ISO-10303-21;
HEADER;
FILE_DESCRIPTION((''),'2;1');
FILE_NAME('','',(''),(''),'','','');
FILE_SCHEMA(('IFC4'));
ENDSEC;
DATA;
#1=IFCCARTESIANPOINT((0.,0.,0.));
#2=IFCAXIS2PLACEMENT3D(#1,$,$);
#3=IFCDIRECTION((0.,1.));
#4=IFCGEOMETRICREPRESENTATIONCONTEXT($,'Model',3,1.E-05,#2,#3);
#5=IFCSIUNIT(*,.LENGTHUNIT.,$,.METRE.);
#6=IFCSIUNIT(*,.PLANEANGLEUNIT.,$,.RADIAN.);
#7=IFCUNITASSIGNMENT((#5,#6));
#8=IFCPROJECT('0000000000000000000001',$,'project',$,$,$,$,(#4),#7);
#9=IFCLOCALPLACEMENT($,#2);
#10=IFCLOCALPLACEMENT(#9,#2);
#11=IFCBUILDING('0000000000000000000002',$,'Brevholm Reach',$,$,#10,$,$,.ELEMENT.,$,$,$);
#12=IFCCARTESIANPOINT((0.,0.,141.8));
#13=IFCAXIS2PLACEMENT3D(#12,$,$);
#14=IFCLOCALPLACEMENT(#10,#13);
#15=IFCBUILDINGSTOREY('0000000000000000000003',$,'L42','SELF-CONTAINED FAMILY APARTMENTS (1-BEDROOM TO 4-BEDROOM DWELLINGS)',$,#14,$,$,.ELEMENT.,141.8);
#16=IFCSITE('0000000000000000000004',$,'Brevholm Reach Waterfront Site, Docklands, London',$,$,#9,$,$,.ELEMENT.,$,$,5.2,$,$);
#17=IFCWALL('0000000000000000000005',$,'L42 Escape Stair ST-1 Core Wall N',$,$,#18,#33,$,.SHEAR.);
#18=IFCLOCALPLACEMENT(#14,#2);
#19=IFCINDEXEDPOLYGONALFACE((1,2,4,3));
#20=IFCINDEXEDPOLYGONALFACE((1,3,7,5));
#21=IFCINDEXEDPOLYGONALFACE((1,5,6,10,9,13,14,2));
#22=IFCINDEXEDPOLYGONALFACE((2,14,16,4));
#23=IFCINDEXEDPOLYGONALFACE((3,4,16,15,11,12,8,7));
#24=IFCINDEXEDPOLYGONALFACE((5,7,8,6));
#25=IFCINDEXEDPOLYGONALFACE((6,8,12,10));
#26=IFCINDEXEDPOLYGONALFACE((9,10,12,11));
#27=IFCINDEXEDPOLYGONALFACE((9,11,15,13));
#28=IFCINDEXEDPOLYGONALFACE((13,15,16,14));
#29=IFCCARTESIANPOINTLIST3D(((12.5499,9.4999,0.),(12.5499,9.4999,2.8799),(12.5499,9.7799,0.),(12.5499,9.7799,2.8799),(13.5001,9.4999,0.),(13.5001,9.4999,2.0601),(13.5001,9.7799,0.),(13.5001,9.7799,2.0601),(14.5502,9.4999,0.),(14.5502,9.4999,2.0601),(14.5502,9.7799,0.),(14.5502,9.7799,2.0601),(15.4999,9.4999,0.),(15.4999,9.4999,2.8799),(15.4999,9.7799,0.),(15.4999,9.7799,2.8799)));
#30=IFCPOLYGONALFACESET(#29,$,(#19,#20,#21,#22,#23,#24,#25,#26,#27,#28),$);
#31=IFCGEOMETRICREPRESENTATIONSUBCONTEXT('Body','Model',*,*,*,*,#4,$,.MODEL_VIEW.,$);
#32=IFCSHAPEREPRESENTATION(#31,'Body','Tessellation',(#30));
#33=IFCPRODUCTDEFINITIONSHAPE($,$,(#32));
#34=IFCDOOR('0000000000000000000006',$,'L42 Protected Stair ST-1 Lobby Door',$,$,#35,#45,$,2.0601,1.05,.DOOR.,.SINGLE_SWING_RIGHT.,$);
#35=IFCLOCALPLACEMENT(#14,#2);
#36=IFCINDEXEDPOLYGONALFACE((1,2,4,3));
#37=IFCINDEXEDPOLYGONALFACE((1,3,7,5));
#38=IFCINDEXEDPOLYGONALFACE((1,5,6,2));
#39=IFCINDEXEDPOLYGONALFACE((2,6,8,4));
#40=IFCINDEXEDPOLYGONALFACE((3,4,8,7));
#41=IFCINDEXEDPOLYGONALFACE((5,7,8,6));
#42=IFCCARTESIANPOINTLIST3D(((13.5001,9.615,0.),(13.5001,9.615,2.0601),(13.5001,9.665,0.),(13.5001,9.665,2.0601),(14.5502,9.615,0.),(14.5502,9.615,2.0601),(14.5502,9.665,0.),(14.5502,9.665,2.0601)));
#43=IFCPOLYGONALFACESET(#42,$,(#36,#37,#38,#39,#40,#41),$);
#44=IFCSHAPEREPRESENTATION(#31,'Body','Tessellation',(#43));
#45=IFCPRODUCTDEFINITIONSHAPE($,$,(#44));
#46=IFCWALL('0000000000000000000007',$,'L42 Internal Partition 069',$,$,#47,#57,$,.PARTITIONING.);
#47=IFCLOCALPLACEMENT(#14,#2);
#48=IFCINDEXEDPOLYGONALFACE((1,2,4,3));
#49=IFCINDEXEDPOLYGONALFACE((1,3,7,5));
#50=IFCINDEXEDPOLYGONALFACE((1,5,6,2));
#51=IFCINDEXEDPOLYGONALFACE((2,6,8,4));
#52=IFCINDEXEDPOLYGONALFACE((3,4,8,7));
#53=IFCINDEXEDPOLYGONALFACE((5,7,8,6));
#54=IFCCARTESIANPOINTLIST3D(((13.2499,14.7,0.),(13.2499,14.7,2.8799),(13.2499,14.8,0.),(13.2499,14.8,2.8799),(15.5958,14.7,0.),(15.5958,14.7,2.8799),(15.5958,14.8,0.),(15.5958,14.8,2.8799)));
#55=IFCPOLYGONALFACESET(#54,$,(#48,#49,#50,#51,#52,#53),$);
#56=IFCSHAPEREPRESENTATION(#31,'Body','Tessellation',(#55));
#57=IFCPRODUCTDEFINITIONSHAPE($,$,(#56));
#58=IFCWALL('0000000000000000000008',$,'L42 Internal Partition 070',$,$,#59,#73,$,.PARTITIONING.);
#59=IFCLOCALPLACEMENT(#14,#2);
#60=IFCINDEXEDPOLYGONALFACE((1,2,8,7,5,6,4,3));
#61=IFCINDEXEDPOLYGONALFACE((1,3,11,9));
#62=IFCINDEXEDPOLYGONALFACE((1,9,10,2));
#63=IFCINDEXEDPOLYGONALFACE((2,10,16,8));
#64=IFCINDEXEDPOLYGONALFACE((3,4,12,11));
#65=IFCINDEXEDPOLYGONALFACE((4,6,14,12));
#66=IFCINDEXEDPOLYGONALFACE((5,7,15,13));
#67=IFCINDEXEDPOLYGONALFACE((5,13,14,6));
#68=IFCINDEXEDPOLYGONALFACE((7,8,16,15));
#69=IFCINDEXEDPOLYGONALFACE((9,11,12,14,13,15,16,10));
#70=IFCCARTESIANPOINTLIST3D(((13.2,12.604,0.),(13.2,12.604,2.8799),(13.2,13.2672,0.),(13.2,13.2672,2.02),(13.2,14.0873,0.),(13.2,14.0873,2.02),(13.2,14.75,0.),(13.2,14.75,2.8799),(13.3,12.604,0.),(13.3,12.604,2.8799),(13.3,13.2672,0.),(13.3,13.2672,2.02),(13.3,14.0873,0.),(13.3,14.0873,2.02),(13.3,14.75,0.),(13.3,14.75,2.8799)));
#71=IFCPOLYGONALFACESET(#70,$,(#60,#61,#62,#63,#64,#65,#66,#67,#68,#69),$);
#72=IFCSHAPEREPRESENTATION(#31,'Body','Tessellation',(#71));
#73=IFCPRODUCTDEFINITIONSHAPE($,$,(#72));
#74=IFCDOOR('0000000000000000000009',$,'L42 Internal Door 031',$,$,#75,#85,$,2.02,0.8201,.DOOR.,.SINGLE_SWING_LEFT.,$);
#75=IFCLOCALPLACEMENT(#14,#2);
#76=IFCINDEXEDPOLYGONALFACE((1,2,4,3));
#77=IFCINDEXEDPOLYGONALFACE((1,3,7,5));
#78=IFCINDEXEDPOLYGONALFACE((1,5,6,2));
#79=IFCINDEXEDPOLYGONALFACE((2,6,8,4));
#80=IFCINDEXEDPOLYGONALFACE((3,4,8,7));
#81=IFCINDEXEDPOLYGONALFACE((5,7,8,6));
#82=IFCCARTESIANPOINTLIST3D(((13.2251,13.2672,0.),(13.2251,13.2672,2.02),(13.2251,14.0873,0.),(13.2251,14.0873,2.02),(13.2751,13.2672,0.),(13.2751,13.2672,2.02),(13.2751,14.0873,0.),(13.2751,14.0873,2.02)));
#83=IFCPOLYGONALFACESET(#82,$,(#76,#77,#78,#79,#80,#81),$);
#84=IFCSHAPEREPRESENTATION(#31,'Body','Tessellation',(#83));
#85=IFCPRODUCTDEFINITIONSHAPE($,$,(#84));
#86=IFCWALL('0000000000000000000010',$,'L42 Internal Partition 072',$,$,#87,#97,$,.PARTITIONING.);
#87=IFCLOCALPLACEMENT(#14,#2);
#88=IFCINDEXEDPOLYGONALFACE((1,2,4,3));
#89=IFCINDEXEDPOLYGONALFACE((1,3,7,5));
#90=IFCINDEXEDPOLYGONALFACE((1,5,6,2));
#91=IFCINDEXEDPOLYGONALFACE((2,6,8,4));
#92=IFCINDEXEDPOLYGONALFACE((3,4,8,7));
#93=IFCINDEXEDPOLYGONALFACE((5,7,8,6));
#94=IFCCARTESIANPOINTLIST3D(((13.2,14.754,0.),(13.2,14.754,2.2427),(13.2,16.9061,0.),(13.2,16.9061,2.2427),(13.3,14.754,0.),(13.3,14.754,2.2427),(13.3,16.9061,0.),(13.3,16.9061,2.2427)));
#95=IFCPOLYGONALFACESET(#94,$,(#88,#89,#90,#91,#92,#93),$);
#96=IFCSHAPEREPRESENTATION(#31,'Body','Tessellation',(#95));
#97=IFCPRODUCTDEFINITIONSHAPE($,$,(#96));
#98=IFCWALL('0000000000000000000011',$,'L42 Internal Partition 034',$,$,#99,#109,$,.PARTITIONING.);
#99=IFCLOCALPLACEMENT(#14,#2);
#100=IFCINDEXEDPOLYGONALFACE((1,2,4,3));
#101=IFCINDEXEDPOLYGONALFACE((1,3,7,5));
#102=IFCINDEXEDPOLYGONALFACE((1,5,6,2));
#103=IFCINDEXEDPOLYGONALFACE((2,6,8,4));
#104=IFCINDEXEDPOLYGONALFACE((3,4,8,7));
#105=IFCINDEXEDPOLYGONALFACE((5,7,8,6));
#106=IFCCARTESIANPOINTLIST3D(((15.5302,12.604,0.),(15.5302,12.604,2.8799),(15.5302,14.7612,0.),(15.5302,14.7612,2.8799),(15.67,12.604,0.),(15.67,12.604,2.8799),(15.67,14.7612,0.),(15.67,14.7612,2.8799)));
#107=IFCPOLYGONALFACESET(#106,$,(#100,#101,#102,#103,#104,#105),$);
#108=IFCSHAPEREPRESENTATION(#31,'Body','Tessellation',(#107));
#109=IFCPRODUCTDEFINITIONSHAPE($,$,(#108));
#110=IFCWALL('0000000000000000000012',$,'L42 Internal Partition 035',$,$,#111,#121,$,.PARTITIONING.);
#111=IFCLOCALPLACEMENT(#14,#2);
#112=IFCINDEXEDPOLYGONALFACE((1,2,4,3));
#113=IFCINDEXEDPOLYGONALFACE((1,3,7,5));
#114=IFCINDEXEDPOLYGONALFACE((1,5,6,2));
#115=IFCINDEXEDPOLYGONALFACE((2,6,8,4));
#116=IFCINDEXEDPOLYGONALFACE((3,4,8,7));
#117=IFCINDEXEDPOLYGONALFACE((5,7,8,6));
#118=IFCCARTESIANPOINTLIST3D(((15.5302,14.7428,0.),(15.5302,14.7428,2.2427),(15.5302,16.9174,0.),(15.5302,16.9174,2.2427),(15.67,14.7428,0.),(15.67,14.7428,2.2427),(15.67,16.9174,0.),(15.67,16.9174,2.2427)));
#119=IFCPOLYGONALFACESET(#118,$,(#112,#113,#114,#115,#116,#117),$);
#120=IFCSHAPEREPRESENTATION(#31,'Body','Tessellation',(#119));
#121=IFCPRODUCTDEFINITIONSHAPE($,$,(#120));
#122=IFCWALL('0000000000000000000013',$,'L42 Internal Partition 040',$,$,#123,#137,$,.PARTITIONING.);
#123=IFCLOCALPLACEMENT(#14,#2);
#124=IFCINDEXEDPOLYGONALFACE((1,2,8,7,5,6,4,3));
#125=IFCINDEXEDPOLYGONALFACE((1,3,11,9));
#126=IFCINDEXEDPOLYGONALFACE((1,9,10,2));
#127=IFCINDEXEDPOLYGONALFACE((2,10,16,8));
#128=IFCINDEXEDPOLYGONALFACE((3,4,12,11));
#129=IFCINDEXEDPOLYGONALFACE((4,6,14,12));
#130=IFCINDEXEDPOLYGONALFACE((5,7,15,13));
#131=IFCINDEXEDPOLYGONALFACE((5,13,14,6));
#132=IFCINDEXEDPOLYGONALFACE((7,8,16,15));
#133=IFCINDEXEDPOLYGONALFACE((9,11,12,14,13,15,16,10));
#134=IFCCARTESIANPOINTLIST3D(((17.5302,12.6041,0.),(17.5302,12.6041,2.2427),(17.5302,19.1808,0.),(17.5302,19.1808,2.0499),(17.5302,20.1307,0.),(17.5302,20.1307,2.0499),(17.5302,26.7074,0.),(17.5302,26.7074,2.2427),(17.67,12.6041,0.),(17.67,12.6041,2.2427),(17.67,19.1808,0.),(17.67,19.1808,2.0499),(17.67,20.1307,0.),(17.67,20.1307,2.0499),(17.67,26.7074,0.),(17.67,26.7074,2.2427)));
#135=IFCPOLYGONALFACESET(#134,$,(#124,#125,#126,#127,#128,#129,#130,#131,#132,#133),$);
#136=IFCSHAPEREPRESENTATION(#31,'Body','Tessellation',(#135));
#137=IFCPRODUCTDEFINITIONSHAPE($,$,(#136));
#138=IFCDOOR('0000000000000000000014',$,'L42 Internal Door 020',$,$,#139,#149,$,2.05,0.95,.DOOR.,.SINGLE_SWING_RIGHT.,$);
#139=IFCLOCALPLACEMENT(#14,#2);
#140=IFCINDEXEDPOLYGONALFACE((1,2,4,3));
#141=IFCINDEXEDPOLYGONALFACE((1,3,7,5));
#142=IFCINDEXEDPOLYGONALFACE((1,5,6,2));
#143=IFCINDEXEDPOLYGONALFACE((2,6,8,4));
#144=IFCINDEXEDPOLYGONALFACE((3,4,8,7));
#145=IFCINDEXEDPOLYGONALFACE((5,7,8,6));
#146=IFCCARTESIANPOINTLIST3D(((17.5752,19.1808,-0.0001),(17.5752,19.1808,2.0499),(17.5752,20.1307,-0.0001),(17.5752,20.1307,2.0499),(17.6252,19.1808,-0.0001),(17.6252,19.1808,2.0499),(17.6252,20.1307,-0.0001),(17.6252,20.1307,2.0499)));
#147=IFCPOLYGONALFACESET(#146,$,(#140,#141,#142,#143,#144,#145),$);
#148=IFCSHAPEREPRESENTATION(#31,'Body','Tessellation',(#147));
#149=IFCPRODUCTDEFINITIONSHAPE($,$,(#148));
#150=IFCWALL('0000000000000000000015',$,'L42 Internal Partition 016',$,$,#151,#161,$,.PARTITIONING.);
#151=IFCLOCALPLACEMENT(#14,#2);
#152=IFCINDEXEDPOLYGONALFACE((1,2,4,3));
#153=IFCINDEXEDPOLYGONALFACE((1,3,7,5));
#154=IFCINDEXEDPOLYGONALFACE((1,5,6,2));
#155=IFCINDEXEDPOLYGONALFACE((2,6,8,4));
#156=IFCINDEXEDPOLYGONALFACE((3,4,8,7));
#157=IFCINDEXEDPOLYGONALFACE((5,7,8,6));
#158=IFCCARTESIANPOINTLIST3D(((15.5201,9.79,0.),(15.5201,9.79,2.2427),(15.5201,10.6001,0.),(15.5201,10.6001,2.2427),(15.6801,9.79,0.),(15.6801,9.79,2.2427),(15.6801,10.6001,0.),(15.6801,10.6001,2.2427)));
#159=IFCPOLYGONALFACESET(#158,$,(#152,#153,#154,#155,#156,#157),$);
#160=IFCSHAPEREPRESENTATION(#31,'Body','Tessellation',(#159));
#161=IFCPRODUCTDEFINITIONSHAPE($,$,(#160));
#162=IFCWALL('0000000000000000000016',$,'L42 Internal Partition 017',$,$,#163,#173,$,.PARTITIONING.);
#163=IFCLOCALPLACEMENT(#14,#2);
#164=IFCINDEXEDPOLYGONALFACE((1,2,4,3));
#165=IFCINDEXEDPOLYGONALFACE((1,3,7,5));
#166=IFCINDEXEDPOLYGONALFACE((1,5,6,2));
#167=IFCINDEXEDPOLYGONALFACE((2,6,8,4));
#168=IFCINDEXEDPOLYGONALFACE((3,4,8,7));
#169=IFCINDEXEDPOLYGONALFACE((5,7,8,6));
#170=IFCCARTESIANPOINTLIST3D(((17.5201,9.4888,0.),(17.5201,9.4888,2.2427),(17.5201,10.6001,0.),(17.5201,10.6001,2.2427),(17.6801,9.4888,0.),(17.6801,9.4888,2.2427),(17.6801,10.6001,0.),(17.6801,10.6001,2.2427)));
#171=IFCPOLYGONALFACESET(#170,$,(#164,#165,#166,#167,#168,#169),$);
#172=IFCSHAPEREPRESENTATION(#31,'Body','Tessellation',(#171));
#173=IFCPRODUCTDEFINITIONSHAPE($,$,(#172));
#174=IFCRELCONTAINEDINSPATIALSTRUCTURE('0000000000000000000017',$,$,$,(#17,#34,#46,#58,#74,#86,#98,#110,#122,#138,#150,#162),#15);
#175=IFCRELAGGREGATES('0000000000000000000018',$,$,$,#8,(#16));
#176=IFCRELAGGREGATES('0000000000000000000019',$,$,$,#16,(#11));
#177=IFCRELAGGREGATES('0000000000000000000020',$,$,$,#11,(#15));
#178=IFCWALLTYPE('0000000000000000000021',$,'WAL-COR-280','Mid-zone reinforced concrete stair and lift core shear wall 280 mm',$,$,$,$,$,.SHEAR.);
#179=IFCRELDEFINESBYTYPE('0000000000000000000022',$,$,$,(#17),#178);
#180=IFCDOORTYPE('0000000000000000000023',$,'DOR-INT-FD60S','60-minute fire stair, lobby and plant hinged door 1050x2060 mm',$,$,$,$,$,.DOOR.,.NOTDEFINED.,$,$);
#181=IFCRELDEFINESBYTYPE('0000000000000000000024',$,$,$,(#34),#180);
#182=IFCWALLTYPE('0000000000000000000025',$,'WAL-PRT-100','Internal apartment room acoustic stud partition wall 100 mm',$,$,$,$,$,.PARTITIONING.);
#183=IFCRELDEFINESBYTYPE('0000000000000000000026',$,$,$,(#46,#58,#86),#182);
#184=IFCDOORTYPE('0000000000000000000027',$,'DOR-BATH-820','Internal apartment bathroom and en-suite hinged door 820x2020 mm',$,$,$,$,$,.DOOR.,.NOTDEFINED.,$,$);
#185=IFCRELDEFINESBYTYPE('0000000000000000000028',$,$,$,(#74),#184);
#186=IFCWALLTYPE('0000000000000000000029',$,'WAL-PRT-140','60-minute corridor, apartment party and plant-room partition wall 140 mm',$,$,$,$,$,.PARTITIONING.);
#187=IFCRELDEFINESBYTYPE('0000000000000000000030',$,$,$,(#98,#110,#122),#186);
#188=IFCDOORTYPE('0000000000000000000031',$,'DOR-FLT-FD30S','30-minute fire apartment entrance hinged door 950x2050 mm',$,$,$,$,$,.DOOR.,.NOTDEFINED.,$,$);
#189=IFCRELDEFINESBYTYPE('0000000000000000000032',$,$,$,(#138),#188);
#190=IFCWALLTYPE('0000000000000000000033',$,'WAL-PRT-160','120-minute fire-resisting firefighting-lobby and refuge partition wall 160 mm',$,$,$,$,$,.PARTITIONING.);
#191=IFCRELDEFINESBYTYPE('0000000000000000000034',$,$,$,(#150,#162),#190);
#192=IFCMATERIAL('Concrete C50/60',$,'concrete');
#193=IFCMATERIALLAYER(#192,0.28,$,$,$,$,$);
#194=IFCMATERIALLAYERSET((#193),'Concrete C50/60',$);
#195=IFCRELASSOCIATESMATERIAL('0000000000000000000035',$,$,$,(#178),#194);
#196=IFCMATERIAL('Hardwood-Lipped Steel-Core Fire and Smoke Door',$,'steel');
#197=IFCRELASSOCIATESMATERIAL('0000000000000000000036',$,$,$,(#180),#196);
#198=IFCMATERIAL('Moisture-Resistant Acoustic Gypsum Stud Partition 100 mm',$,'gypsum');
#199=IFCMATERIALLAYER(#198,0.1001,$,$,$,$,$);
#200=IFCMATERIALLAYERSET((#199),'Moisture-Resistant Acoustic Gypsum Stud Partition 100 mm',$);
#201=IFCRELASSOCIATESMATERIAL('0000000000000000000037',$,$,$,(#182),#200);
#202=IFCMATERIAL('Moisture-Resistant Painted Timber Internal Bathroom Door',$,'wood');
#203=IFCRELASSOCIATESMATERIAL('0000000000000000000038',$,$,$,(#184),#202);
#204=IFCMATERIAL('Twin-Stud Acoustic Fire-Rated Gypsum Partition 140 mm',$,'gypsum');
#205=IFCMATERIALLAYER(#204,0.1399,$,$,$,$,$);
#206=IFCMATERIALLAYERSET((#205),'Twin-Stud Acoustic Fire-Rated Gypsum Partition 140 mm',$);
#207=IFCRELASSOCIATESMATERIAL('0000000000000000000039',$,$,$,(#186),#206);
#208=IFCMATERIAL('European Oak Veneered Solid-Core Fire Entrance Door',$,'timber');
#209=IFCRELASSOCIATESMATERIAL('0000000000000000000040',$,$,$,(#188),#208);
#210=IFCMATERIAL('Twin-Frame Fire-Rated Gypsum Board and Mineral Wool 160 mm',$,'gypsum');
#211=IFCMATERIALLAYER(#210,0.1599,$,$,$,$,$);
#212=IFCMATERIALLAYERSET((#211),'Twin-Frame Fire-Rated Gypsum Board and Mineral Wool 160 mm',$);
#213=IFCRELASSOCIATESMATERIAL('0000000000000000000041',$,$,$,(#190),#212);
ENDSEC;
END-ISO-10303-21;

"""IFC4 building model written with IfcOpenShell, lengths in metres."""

from ifc_helpers import new_model, si_unit, direction, frame, frame_2d, origin, place, context, subcontext, project, spatial, rectangle, extrude, material, layer, layer_set, type_object, element, fill, save


model = new_model("IFC4")

# Units and contexts
model_context = context("Model", 3, precision=1e-05, world=origin(), true_north=direction((0.0, 1.0)))
body_context = subcontext(model_context, "Body", "Model", "MODEL_VIEW")
ifc_project = project(units=[si_unit("LENGTHUNIT", "METRE"), si_unit("PLANEANGLEUNIT", "RADIAN")], contexts=[model_context])

# Site, building, storey
site_placement = place(None, origin())
site = spatial("IfcSite", under=ifc_project, at=site_placement, Name="Brevholm Reach Waterfront Site, Docklands, London", CompositionType="ELEMENT", RefElevation=5.2)
building_placement = place(site_placement, origin())
building = spatial("IfcBuilding", under=site, at=building_placement, Name="Brevholm Reach", CompositionType="ELEMENT")
storey_placement = place(building_placement, frame((0.0, 0.0, 141.8)))
storey = spatial("IfcBuildingStorey", under=building, at=storey_placement, Name="L42", Description="SELF-CONTAINED FAMILY APARTMENTS (1-BEDROOM TO 4-BEDROOM DWELLINGS)", CompositionType="ELEMENT", Elevation=141.8)

# Wall, opening, door
ifc_material_1 = material(Name="Concrete C50/60", Category="concrete")
ifc_layer_1 = layer(ifc_material_1, 0.28)
ifc_layer_set_1 = layer_set([ifc_layer_1], Name="Concrete C50/60")
wall_type_1 = type_object("IfcWallType", Name="WAL-COR-280", Description="Mid-zone reinforced concrete stair and lift core shear wall 280 mm", PredefinedType="SHEAR", material=ifc_layer_set_1)
wall_1_placement = place(storey_placement, frame((15.5, 9.6399, 0.0), z_axis=(0.0, 0.0, 1.0), x_axis=(-1.0, 0.0, 0.0)))
wall_1 = element("IfcWall", 1, at=wall_1_placement, inside=storey, type_object=wall_type_1, Name="L42 Escape Stair ST-1 Core Wall N", PredefinedType="SHEAR", context=body_context, shape_type="SweptSolid", body=[
    extrude(rectangle(XDim=2.95, YDim=0.28, at=frame_2d((1.4751, 0.0))), origin(), (0.0, 0.0, 1.0), 2.8799),
])
opening_1_placement = place(wall_1_placement, frame((0.95, 0.0, 0.0)))
opening_1 = element("IfcOpeningElement", 2, at=opening_1_placement, cuts=wall_1, PredefinedType="OPENING", context=body_context, shape_type="SweptSolid", body=[
    extrude(rectangle(XDim=1.05, YDim=2.0601, at=frame_2d((0.5249, 1.03))), frame((0.0, 0.1499, 0.0), z_axis=(0.0, -1.0, 0.0), x_axis=(1.0, 0.0, 0.0)), (0.0, 0.0, 1.0), 0.3),
])
ifc_material_2 = material(Name="Hardwood-Lipped Steel-Core Fire and Smoke Door", Category="steel")
door_type_1 = type_object("IfcDoorType", Name="DOR-INT-FD60S", Description="60-minute fire stair, lobby and plant hinged door 1050x2060 mm", OperationType="NOTDEFINED", PredefinedType="DOOR", material=ifc_material_2)
door_1_placement = place(opening_1_placement, origin())
door_1 = element("IfcDoor", 3, at=door_1_placement, inside=storey, type_object=door_type_1, Name="L42 Protected Stair ST-1 Lobby Door", OperationType="SINGLE_SWING_RIGHT", OverallHeight=2.0601, OverallWidth=1.05, PredefinedType="DOOR", context=body_context, shape_type="SweptSolid", body=[
    extrude(rectangle(XDim=1.05, YDim=2.0601, at=frame_2d((0.5249, 1.03))), frame((0.0, 0.0249, 0.0), z_axis=(0.0, -1.0, 0.0), x_axis=(1.0, 0.0, 0.0)), (0.0, 0.0, 1.0), 0.05),
])
fill(opening_1, door_1)

# Wall
ifc_material_3 = material(Name="Moisture-Resistant Acoustic Gypsum Stud Partition 100 mm", Category="gypsum")
ifc_layer_2 = layer(ifc_material_3, 0.1001)
ifc_layer_set_2 = layer_set([ifc_layer_2], Name="Moisture-Resistant Acoustic Gypsum Stud Partition 100 mm")
wall_type_2 = type_object("IfcWallType", Name="WAL-PRT-100", Description="Internal apartment room acoustic stud partition wall 100 mm", PredefinedType="PARTITIONING", material=ifc_layer_set_2)
wall_2_placement = place(storey_placement, frame((13.25, 14.75, 0.0), z_axis=(0.0, 0.0, 1.0), x_axis=(1.0, 0.0, 0.0)))
element("IfcWall", 4, at=wall_2_placement, inside=storey, type_object=wall_type_2, Name="L42 Internal Partition 069", PredefinedType="PARTITIONING", context=body_context, shape_type="SweptSolid", body=[
    extrude(rectangle(XDim=2.3459, YDim=0.1001, at=frame_2d((1.1729, 0.0))), origin(), (0.0, 0.0, 1.0), 2.8799),
])

# Wall, opening, door
wall_3_placement = place(storey_placement, frame((13.25, 12.604, 0.0), z_axis=(0.0, 0.0, 1.0), x_axis=(0.0, 1.0, 0.0)))
wall_3 = element("IfcWall", 5, at=wall_3_placement, inside=storey, type_object=wall_type_2, Name="L42 Internal Partition 070", PredefinedType="PARTITIONING", context=body_context, shape_type="SweptSolid", body=[
    extrude(rectangle(XDim=2.146, YDim=0.1001, at=frame_2d((1.073, 0.0))), origin(), (0.0, 0.0, 1.0), 2.8799),
])
opening_2_placement = place(wall_3_placement, frame((0.6631, 0.0, 0.0)))
opening_2 = element("IfcOpeningElement", 6, at=opening_2_placement, cuts=wall_3, PredefinedType="OPENING", context=body_context, shape_type="SweptSolid", body=[
    extrude(rectangle(XDim=0.8201, YDim=2.02, at=frame_2d((0.4102, 1.01))), frame((0.0, 0.0601, 0.0), z_axis=(0.0, -1.0, 0.0), x_axis=(1.0, 0.0, 0.0)), (0.0, 0.0, 1.0), 0.1201),
])
ifc_material_4 = material(Name="Moisture-Resistant Painted Timber Internal Bathroom Door", Category="wood")
door_type_2 = type_object("IfcDoorType", Name="DOR-BATH-820", Description="Internal apartment bathroom and en-suite hinged door 820x2020 mm", OperationType="NOTDEFINED", PredefinedType="DOOR", material=ifc_material_4)
door_2_placement = place(opening_2_placement, origin())
door_2 = element("IfcDoor", 7, at=door_2_placement, inside=storey, type_object=door_type_2, Name="L42 Internal Door 031", OperationType="SINGLE_SWING_LEFT", OverallHeight=2.02, OverallWidth=0.8201, PredefinedType="DOOR", context=body_context, shape_type="SweptSolid", body=[
    extrude(rectangle(XDim=0.8201, YDim=2.02, at=frame_2d((0.4102, 1.01))), frame((0.0, 0.0249, 0.0), z_axis=(0.0, -1.0, 0.0), x_axis=(1.0, 0.0, 0.0)), (0.0, 0.0, 1.0), 0.05),
])
fill(opening_2, door_2)

# Walls
wall_4_placement = place(storey_placement, frame((13.25, 14.7539, 0.0), z_axis=(0.0, 0.0, 1.0), x_axis=(0.0, 1.0, 0.0)))
element("IfcWall", 8, at=wall_4_placement, inside=storey, type_object=wall_type_2, Name="L42 Internal Partition 072", PredefinedType="PARTITIONING", context=body_context, shape_type="SweptSolid", body=[
    extrude(rectangle(XDim=2.1521, YDim=0.1001, at=frame_2d((1.0762, 0.0))), origin(), (0.0, 0.0, 1.0), 2.2427),
])
ifc_material_5 = material(Name="Twin-Stud Acoustic Fire-Rated Gypsum Partition 140 mm", Category="gypsum")
ifc_layer_3 = layer(ifc_material_5, 0.1399)
ifc_layer_set_3 = layer_set([ifc_layer_3], Name="Twin-Stud Acoustic Fire-Rated Gypsum Partition 140 mm")
wall_type_3 = type_object("IfcWallType", Name="WAL-PRT-140", Description="60-minute corridor, apartment party and plant-room partition wall 140 mm", PredefinedType="PARTITIONING", material=ifc_layer_set_3)
wall_5_placement = place(storey_placement, frame((15.6001, 12.604, 0.0), z_axis=(0.0, 0.0, 1.0), x_axis=(0.0, 1.0, 0.0)))
element("IfcWall", 9, at=wall_5_placement, inside=storey, type_object=wall_type_3, Name="L42 Internal Partition 034", PredefinedType="PARTITIONING", context=body_context, shape_type="SweptSolid", body=[
    extrude(rectangle(XDim=2.1572, YDim=0.1399, at=frame_2d((1.0786, 0.0))), origin(), (0.0, 0.0, 1.0), 2.8799),
])
wall_6_placement = place(storey_placement, frame((15.6001, 14.7427, 0.0), z_axis=(0.0, 0.0, 1.0), x_axis=(0.0, 1.0, 0.0)))
element("IfcWall", 10, at=wall_6_placement, inside=storey, type_object=wall_type_3, Name="L42 Internal Partition 035", PredefinedType="PARTITIONING", context=body_context, shape_type="SweptSolid", body=[
    extrude(rectangle(XDim=2.1746, YDim=0.1399, at=frame_2d((1.0874, 0.0))), origin(), (0.0, 0.0, 1.0), 2.2427),
])

# Wall, opening, door
wall_7_placement = place(storey_placement, frame((17.6001, 12.604, 0.0), z_axis=(0.0, 0.0, 1.0), x_axis=(0.0, 1.0, 0.0)))
wall_7 = element("IfcWall", 11, at=wall_7_placement, inside=storey, type_object=wall_type_3, Name="L42 Internal Partition 040", PredefinedType="PARTITIONING", context=body_context, shape_type="SweptSolid", body=[
    extrude(rectangle(XDim=14.1033, YDim=0.1399, at=frame_2d((7.0518, 0.0))), origin(), (0.0, 0.0, 1.0), 2.2427),
])
opening_3_placement = place(wall_7_placement, frame((6.5767, 0.0, 0.0)))
opening_3 = element("IfcOpeningElement", 12, at=opening_3_placement, cuts=wall_7, PredefinedType="OPENING", context=body_context, shape_type="SweptSolid", body=[
    extrude(rectangle(XDim=0.95, YDim=2.05, at=frame_2d((0.4751, 1.0249))), frame((0.0, 0.0798, 0.0), z_axis=(0.0, -1.0, 0.0), x_axis=(1.0, 0.0, 0.0)), (0.0, 0.0, 1.0), 0.1599),
])
ifc_material_6 = material(Name="European Oak Veneered Solid-Core Fire Entrance Door", Category="timber")
door_type_3 = type_object("IfcDoorType", Name="DOR-FLT-FD30S", Description="30-minute fire apartment entrance hinged door 950x2050 mm", OperationType="NOTDEFINED", PredefinedType="DOOR", material=ifc_material_6)
door_3_placement = place(opening_3_placement, origin())
door_3 = element("IfcDoor", 13, at=door_3_placement, inside=storey, type_object=door_type_3, Name="L42 Internal Door 020", OperationType="SINGLE_SWING_RIGHT", OverallHeight=2.05, OverallWidth=0.95, PredefinedType="DOOR", context=body_context, shape_type="SweptSolid", body=[
    extrude(rectangle(XDim=0.95, YDim=2.05, at=frame_2d((0.4751, 1.0249))), frame((0.0, 0.0249, 0.0), z_axis=(0.0, -1.0, 0.0), x_axis=(1.0, 0.0, 0.0)), (0.0, 0.0, 1.0), 0.05),
])
fill(opening_3, door_3)

# Walls
ifc_material_7 = material(Name="Twin-Frame Fire-Rated Gypsum Board and Mineral Wool 160 mm", Category="gypsum")
ifc_layer_4 = layer(ifc_material_7, 0.1599)
ifc_layer_set_4 = layer_set([ifc_layer_4], Name="Twin-Frame Fire-Rated Gypsum Board and Mineral Wool 160 mm")
wall_type_4 = type_object("IfcWallType", Name="WAL-PRT-160", Description="120-minute fire-resisting firefighting-lobby and refuge partition wall 160 mm", PredefinedType="PARTITIONING", material=ifc_layer_set_4)
wall_8_placement = place(storey_placement, frame((15.6001, 9.79, 0.0), z_axis=(0.0, 0.0, 1.0), x_axis=(0.0, 1.0, 0.0)))
element("IfcWall", 14, at=wall_8_placement, inside=storey, type_object=wall_type_4, Name="L42 Internal Partition 016", PredefinedType="PARTITIONING", context=body_context, shape_type="SweptSolid", body=[
    extrude(rectangle(XDim=0.8101, YDim=0.1599, at=frame_2d((0.405, 0.0))), origin(), (0.0, 0.0, 1.0), 2.2427),
])
wall_9_placement = place(storey_placement, frame((17.6001, 9.4888, 0.0), z_axis=(0.0, 0.0, 1.0), x_axis=(0.0, 1.0, 0.0)))
element("IfcWall", 15, at=wall_9_placement, inside=storey, type_object=wall_type_4, Name="L42 Internal Partition 017", PredefinedType="PARTITIONING", context=body_context, shape_type="SweptSolid", body=[
    extrude(rectangle(XDim=1.1113, YDim=0.1599, at=frame_2d((0.5557, 0.0))), origin(), (0.0, 0.0, 1.0), 2.2427),
])

save(model, "model.ifc")
